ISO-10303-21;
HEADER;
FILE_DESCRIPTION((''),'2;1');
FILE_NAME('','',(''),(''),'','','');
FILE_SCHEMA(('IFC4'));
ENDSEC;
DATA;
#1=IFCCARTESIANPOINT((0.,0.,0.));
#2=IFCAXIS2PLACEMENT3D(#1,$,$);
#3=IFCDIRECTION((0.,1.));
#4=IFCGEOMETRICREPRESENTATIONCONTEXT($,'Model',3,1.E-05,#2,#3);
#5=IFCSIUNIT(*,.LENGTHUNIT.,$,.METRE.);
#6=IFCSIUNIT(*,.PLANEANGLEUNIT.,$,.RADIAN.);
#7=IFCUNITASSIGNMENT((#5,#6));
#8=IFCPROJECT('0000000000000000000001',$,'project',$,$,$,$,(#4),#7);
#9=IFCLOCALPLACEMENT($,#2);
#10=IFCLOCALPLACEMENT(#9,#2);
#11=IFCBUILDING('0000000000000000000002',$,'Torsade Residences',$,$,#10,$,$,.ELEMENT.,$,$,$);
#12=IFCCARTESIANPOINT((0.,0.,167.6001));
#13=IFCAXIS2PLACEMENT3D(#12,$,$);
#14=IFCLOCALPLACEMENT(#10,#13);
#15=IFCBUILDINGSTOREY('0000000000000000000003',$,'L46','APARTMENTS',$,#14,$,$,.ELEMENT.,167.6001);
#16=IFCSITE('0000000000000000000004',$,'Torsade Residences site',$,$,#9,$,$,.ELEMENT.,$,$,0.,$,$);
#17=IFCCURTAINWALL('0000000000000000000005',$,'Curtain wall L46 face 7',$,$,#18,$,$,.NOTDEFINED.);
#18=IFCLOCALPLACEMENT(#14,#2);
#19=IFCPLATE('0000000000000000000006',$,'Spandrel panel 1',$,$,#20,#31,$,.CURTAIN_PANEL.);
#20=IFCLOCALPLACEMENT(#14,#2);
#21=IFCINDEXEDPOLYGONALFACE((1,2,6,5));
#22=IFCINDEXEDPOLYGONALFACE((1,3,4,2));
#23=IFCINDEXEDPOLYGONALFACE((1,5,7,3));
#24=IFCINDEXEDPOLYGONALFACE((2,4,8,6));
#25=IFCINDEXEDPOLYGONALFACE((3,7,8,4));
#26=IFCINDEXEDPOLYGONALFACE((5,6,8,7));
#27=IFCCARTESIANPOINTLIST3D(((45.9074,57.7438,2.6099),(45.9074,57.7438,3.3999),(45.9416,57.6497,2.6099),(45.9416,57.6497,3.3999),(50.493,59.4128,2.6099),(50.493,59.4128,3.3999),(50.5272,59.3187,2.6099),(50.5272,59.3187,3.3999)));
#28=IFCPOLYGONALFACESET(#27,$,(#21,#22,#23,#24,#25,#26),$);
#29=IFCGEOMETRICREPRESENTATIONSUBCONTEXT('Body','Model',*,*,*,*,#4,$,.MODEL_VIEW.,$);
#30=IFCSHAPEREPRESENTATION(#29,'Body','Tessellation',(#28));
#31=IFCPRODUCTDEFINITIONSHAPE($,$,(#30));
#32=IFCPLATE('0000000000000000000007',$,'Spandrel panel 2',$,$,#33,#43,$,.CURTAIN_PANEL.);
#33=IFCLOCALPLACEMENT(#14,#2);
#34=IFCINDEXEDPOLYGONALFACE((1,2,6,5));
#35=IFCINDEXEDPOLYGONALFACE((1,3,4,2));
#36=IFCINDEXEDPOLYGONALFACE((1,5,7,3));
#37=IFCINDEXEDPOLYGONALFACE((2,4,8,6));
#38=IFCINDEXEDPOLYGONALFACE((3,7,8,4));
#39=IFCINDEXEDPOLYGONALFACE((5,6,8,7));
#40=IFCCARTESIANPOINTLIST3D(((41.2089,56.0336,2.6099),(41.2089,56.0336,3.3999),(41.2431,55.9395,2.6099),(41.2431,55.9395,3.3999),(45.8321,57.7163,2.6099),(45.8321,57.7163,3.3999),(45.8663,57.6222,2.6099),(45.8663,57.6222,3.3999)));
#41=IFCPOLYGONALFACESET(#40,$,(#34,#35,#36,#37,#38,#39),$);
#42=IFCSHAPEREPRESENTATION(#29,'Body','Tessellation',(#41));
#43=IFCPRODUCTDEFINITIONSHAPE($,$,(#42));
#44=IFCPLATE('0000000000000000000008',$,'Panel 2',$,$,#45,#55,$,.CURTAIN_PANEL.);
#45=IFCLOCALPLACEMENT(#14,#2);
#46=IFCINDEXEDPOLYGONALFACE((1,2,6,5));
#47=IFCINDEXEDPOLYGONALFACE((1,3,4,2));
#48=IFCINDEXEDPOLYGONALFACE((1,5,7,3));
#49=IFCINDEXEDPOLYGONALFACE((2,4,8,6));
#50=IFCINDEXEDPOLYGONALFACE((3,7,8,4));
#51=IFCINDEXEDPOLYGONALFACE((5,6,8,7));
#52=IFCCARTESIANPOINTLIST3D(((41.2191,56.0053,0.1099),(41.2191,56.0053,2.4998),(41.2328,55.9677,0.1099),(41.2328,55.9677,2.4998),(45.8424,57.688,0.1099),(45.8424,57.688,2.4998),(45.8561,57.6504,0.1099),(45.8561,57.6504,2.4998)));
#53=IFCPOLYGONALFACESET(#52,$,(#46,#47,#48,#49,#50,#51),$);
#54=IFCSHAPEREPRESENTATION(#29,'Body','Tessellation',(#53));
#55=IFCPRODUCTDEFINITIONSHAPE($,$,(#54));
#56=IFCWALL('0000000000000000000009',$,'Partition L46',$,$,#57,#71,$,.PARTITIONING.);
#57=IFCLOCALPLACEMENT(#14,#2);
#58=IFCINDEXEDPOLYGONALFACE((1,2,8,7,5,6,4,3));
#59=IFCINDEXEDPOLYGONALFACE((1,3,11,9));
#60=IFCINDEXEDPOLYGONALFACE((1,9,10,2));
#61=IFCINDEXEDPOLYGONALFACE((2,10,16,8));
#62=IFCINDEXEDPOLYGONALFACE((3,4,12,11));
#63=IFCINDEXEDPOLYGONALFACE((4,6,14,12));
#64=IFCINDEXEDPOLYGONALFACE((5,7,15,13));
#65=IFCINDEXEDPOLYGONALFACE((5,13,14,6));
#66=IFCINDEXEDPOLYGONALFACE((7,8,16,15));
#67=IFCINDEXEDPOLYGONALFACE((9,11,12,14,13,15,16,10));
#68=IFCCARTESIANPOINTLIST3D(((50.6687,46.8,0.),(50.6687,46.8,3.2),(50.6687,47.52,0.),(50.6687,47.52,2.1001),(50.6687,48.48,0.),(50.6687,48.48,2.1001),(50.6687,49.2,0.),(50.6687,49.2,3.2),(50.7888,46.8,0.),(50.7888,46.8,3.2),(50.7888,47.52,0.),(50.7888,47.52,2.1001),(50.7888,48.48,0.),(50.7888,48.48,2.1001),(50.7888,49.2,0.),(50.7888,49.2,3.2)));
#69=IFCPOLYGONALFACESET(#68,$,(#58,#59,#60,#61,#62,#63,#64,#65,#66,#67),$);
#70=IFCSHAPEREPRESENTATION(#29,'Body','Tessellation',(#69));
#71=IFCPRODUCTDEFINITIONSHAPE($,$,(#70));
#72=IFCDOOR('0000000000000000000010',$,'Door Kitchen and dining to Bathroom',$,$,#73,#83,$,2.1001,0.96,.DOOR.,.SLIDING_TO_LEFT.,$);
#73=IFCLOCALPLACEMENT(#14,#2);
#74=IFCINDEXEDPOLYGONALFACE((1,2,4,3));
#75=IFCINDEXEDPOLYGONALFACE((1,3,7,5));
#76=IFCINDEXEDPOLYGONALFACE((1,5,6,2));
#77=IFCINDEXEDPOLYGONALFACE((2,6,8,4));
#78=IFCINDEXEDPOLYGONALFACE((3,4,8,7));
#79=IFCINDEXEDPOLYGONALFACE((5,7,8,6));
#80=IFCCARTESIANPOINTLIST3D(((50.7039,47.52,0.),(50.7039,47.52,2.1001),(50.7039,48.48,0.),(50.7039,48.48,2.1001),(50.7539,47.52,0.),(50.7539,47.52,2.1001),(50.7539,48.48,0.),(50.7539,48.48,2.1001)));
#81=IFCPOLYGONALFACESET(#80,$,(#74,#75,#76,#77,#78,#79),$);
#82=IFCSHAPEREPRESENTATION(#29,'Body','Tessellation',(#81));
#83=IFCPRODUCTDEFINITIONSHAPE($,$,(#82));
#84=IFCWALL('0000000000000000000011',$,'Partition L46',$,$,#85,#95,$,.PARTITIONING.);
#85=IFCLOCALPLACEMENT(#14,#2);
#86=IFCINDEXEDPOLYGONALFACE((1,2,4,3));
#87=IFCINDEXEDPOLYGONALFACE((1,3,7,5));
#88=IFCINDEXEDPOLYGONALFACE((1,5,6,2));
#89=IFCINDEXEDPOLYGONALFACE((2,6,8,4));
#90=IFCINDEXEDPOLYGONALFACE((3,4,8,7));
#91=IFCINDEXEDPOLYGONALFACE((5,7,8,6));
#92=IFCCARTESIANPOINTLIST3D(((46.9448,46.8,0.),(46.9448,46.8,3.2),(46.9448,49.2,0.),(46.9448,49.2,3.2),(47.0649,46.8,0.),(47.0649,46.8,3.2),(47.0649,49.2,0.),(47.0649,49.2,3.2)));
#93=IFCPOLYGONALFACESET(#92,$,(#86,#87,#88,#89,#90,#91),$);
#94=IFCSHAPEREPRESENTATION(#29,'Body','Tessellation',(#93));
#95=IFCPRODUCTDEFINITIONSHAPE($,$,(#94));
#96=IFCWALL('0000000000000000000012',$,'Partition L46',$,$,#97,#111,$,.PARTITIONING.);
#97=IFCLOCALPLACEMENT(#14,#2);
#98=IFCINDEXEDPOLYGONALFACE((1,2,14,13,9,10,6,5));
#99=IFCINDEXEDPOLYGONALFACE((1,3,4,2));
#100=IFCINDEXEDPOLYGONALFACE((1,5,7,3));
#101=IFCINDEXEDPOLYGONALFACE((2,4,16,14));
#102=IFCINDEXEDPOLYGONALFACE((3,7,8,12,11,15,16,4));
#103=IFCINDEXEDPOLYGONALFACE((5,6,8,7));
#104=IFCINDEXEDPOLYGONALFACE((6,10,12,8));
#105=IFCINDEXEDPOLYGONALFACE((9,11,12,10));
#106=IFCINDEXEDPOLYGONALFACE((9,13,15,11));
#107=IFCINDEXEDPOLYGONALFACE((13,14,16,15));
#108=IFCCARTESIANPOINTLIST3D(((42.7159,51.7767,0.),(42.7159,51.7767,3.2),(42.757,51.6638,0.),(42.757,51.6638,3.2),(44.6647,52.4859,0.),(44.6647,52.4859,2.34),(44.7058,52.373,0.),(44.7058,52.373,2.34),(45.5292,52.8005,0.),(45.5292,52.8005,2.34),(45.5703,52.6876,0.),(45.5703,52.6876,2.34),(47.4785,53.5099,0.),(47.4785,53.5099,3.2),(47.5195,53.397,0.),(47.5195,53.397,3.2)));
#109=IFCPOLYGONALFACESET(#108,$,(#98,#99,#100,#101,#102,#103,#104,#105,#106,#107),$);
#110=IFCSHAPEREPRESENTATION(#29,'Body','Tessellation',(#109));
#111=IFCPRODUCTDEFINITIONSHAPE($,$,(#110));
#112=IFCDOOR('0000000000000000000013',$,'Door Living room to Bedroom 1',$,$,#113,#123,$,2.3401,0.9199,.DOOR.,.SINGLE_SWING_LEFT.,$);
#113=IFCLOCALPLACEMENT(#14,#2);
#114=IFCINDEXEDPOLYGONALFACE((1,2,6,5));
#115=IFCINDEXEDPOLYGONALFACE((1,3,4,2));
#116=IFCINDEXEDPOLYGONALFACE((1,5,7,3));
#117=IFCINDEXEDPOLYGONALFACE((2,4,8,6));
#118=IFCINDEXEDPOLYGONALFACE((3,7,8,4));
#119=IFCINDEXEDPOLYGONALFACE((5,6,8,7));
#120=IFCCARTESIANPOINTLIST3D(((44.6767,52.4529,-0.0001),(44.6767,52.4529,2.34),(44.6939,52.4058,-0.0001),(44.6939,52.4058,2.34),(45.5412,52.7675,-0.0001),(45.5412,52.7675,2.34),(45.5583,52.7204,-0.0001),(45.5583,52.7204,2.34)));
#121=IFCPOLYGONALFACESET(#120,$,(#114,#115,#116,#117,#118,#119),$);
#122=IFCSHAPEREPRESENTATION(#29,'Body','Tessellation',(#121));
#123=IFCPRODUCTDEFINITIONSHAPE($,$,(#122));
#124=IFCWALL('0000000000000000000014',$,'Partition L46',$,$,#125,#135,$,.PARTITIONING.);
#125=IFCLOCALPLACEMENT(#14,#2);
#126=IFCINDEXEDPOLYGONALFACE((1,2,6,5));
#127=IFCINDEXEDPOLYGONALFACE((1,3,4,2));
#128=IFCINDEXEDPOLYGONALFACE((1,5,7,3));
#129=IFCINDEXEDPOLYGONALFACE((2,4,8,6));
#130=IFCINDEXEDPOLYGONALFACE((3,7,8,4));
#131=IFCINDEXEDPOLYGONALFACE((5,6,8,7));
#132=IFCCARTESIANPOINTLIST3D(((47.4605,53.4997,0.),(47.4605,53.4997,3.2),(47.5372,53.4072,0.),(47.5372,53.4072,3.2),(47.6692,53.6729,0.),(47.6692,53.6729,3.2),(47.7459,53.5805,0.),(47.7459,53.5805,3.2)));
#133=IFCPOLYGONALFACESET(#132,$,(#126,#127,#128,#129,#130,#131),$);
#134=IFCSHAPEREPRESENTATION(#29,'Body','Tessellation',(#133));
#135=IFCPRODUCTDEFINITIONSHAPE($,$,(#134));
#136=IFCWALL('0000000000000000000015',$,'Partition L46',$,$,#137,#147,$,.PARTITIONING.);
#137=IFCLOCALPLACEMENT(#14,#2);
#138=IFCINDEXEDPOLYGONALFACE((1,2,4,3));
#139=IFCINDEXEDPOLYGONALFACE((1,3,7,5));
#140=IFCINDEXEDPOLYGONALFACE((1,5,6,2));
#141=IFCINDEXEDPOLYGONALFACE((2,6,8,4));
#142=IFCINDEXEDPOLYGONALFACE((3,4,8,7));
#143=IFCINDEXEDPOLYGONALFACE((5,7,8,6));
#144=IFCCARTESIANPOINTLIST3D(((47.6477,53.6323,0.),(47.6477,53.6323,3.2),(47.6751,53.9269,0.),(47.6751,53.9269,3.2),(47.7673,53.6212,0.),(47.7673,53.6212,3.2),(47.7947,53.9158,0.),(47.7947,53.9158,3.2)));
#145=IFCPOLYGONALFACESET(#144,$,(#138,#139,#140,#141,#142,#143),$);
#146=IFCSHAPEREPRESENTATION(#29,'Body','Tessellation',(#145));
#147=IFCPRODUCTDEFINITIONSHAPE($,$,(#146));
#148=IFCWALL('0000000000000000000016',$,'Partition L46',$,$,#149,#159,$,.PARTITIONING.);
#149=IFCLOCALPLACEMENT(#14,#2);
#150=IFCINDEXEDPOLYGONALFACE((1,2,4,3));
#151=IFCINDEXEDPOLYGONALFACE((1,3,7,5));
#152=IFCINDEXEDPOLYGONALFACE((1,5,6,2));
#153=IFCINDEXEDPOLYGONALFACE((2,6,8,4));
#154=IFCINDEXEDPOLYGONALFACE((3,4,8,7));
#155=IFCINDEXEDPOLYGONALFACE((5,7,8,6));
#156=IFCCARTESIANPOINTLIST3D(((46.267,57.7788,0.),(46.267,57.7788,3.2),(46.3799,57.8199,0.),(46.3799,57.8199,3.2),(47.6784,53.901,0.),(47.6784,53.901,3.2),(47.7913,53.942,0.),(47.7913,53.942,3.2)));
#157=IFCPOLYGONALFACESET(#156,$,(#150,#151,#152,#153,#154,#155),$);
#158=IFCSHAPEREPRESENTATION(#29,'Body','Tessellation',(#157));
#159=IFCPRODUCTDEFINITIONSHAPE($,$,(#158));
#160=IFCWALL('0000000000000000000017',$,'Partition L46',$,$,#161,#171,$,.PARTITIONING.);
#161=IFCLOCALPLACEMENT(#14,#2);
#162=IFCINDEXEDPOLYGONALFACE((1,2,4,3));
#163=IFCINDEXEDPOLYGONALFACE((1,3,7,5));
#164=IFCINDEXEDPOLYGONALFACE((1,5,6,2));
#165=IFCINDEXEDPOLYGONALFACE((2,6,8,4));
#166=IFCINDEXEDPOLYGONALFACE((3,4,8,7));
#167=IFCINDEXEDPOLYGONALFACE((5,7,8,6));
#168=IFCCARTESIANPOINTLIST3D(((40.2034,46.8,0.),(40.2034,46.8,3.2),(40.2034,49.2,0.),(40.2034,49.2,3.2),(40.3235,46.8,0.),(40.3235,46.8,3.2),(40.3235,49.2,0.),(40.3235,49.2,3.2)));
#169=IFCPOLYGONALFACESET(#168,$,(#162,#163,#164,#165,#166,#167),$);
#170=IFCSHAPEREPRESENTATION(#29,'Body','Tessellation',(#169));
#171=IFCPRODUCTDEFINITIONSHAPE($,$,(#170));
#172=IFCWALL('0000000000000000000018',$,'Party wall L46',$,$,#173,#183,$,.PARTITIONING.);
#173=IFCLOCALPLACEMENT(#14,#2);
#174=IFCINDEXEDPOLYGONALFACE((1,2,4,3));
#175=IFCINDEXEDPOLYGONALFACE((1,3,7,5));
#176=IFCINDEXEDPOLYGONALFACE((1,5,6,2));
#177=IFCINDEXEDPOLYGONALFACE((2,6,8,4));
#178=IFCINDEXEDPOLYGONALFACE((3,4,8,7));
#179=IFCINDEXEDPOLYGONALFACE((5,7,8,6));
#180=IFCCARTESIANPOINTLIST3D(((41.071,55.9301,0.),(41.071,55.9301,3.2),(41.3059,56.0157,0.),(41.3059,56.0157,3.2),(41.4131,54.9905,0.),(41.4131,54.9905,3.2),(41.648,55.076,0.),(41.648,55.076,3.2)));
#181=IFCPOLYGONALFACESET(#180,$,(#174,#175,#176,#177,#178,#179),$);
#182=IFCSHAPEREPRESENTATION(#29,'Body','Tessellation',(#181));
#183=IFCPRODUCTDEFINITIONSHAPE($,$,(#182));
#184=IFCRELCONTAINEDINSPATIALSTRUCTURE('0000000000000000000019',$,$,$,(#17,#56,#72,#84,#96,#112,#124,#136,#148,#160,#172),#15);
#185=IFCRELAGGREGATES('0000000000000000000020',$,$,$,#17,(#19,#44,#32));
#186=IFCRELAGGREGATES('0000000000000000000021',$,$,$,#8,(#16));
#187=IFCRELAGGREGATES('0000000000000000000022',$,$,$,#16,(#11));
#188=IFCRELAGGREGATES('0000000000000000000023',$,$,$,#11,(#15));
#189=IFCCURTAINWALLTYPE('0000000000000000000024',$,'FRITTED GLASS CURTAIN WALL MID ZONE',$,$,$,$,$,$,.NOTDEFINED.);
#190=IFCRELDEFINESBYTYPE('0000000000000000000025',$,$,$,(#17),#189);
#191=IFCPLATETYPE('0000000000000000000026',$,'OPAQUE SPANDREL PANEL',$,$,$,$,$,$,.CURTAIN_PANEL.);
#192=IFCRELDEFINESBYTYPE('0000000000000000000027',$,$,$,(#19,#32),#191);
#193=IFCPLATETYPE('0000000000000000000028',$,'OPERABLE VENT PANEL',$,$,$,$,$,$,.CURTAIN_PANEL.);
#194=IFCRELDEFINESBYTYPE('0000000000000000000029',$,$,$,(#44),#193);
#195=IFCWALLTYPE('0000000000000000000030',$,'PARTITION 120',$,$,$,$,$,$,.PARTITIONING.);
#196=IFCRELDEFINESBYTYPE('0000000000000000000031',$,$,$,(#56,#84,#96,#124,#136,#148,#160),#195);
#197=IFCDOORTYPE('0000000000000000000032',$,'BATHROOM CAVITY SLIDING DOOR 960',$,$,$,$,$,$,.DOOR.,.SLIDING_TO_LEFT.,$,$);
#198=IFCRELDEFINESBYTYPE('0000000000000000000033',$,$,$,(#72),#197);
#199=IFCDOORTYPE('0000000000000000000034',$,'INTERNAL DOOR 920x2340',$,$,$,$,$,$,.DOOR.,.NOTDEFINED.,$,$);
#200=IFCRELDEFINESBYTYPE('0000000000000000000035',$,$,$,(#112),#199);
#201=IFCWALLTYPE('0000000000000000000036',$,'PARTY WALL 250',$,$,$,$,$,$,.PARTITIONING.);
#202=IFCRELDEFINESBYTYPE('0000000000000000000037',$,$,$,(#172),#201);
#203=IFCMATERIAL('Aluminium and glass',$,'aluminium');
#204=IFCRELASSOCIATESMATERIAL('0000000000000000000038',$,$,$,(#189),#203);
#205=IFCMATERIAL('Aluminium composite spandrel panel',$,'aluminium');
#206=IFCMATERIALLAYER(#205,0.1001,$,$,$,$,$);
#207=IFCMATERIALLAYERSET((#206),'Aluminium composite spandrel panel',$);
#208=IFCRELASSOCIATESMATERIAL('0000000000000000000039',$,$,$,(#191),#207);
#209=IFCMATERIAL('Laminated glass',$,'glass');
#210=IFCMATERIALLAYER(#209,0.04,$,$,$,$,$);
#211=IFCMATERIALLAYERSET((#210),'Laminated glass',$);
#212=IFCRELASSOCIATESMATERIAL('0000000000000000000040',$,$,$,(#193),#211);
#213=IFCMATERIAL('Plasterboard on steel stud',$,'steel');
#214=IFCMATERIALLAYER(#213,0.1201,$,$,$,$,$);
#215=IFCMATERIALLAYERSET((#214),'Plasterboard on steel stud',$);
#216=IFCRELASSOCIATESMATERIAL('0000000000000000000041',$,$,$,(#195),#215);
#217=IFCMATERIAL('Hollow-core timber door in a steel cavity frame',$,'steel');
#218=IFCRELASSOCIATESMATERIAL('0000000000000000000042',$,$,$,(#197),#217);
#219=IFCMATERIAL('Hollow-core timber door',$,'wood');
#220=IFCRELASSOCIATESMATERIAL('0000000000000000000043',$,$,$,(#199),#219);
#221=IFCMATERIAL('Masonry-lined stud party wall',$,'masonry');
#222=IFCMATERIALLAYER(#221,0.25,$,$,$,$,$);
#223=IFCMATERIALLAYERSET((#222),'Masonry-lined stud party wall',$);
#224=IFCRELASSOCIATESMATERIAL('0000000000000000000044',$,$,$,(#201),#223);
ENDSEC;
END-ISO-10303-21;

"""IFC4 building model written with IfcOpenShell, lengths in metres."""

from ifc_helpers import new_model, si_unit, direction, frame, frame_2d, origin, origin_2d, place, context, subcontext, project, spatial, rectangle, extrude, material, layer, layer_set, type_object, element, fill, aggregate, save


model = new_model("IFC4")

# Units and contexts
model_context = context("Model", 3, precision=1e-05, world=origin(), true_north=direction((0.0, 1.0)))
body_context = subcontext(model_context, "Body", "Model", "MODEL_VIEW")
ifc_project = project(units=[si_unit("LENGTHUNIT", "METRE"), si_unit("PLANEANGLEUNIT", "RADIAN")], contexts=[model_context])

# Site, building, storey
site_placement = place(None, origin())
site = spatial("IfcSite", under=ifc_project, at=site_placement, Name="Torsade Residences site", CompositionType="ELEMENT", RefElevation=0.0)
building_placement = place(site_placement, origin())
building = spatial("IfcBuilding", under=site, at=building_placement, Name="Torsade Residences", CompositionType="ELEMENT")
storey_placement = place(building_placement, frame((0.0, 0.0, 167.6001)))
storey = spatial("IfcBuildingStorey", under=building, at=storey_placement, Name="L46", Description="APARTMENTS", CompositionType="ELEMENT", Elevation=167.6001)

# Curtain wall
ifc_material_1 = material(Name="Aluminium and glass", Category="aluminium")
curtain_wall_type = type_object("IfcCurtainWallType", Name="FRITTED GLASS CURTAIN WALL MID ZONE", PredefinedType="NOTDEFINED", material=ifc_material_1)
curtain_wall_placement = place(storey_placement, origin())
curtain_wall = element("IfcCurtainWall", 1, at=curtain_wall_placement, inside=storey, type_object=curtain_wall_type, Name="Curtain wall L46 face 7", PredefinedType="NOTDEFINED")

# Plates
ifc_material_2 = material(Name="Aluminium composite spandrel panel", Category="aluminium")
ifc_layer_1 = layer(ifc_material_2, 0.1001)
ifc_layer_set_1 = layer_set([ifc_layer_1], Name="Aluminium composite spandrel panel")
plate_type_1 = type_object("IfcPlateType", Name="OPAQUE SPANDREL PANEL", PredefinedType="CURTAIN_PANEL", material=ifc_layer_set_1)
plate_1_placement = place(storey_placement, frame((48.2173, 58.5312, 2.6099), z_axis=(0.0, 0.0, 1.0), x_axis=(-0.939693, -0.34202, 0.0)))
plate_1 = element("IfcPlate", 2, at=plate_1_placement, type_object=plate_type_1, Name="Spandrel panel 1", PredefinedType="CURTAIN_PANEL", context=body_context, shape_type="SweptSolid", body=[
    extrude(rectangle(XDim=4.8799, YDim=0.1001, at=origin_2d()), origin(), (0.0, 0.0, 1.0), 0.79),
])
plate_2_placement = place(storey_placement, frame((43.5376, 56.8279, 2.6099), z_axis=(0.0, 0.0, 1.0), x_axis=(-0.939693, -0.34202, 0.0)))
plate_2 = element("IfcPlate", 3, at=plate_2_placement, type_object=plate_type_1, Name="Spandrel panel 2", PredefinedType="CURTAIN_PANEL", context=body_context, shape_type="SweptSolid", body=[
    extrude(rectangle(XDim=4.9199, YDim=0.1001, at=origin_2d()), origin(), (0.0, 0.0, 1.0), 0.79),
])
ifc_material_3 = material(Name="Laminated glass", Category="glass")
ifc_layer_2 = layer(ifc_material_3, 0.04)
ifc_layer_set_2 = layer_set([ifc_layer_2], Name="Laminated glass")
plate_type_2 = type_object("IfcPlateType", Name="OPERABLE VENT PANEL", PredefinedType="CURTAIN_PANEL", material=ifc_layer_set_2)
plate_3_placement = place(storey_placement, frame((43.5376, 56.8279, 0.1099), z_axis=(0.0, 0.0, 1.0), x_axis=(-0.939693, -0.34202, 0.0)))
plate_3 = element("IfcPlate", 4, at=plate_3_placement, type_object=plate_type_2, Name="Panel 2", PredefinedType="CURTAIN_PANEL", context=body_context, shape_type="SweptSolid", body=[
    extrude(rectangle(XDim=4.9199, YDim=0.04, at=origin_2d()), origin(), (0.0, 0.0, 1.0), 2.3899),
])
aggregate(curtain_wall, [plate_1, plate_3, plate_2])

# Wall, opening, door
ifc_material_4 = material(Name="Plasterboard on steel stud", Category="steel")
ifc_layer_3 = layer(ifc_material_4, 0.1201)
ifc_layer_set_3 = layer_set([ifc_layer_3], Name="Plasterboard on steel stud")
wall_type_1 = type_object("IfcWallType", Name="PARTITION 120", PredefinedType="PARTITIONING", material=ifc_layer_set_3)
wall_1_placement = place(storey_placement, frame((50.7288, 46.8, 0.0), z_axis=(0.0, 0.0, 1.0), x_axis=(0.0, 1.0, 0.0)))
wall_1 = element("IfcWall", 5, at=wall_1_placement, inside=storey, type_object=wall_type_1, Name="Partition L46", PredefinedType="PARTITIONING", context=body_context, shape_type="SweptSolid", body=[
    extrude(rectangle(XDim=2.3999, YDim=0.1201, at=frame_2d((1.2, 0.0))), origin(), (0.0, 0.0, 1.0), 3.2),
])
opening_1_placement = place(wall_1_placement, frame((0.72, 0.0, 0.0)))
opening_1 = element("IfcOpeningElement", 6, at=opening_1_placement, cuts=wall_1, PredefinedType="OPENING", context=body_context, shape_type="SweptSolid", body=[
    extrude(rectangle(XDim=0.96, YDim=2.1001, at=frame_2d((0.48, 1.05))), frame((0.0, 0.0701, 0.0), z_axis=(0.0, -1.0, 0.0), x_axis=(1.0, 0.0, 0.0)), (0.0, 0.0, 1.0), 0.1401),
])
ifc_material_5 = material(Name="Hollow-core timber door in a steel cavity frame", Category="steel")
door_type_1 = type_object("IfcDoorType", Name="BATHROOM CAVITY SLIDING DOOR 960", OperationType="SLIDING_TO_LEFT", PredefinedType="DOOR", material=ifc_material_5)
door_1_placement = place(opening_1_placement, origin())
door_1 = element("IfcDoor", 7, at=door_1_placement, inside=storey, type_object=door_type_1, Name="Door Kitchen and dining to Bathroom", OperationType="SLIDING_TO_LEFT", OverallHeight=2.1001, OverallWidth=0.96, PredefinedType="DOOR", context=body_context, shape_type="SweptSolid", body=[
    extrude(rectangle(XDim=0.96, YDim=2.1001, at=frame_2d((0.48, 1.05))), frame((0.0, 0.0249, 0.0), z_axis=(0.0, -1.0, 0.0), x_axis=(1.0, 0.0, 0.0)), (0.0, 0.0, 1.0), 0.05),
])
fill(opening_1, door_1)

# Wall
wall_2_placement = place(storey_placement, frame((47.0049, 46.8, 0.0), z_axis=(0.0, 0.0, 1.0), x_axis=(0.0, 1.0, 0.0)))
element("IfcWall", 8, at=wall_2_placement, inside=storey, type_object=wall_type_1, Name="Partition L46", PredefinedType="PARTITIONING", context=body_context, shape_type="SweptSolid", body=[
    extrude(rectangle(XDim=2.3999, YDim=0.1201, at=frame_2d((1.2, 0.0))), origin(), (0.0, 0.0, 1.0), 3.2),
])

# Wall, opening, door
wall_3_placement = place(storey_placement, frame((42.7363, 51.7202, 0.0), z_axis=(0.0, 0.0, 1.0), x_axis=(0.939708, 0.341979, 0.0)))
wall_3 = element("IfcWall", 9, at=wall_3_placement, inside=storey, type_object=wall_type_1, Name="Partition L46", PredefinedType="PARTITIONING", context=body_context, shape_type="SweptSolid", body=[
    extrude(rectangle(XDim=5.0681, YDim=0.1201, at=frame_2d((2.5342, 0.0))), origin(), (0.0, 0.0, 1.0), 3.2),
])
opening_2_placement = place(wall_3_placement, frame((2.074, 0.0, 0.0)))
opening_2 = element("IfcOpeningElement", 10, at=opening_2_placement, cuts=wall_3, PredefinedType="OPENING", context=body_context, shape_type="SweptSolid", body=[
    extrude(rectangle(XDim=0.9199, YDim=2.3401, at=frame_2d((0.46, 1.1699))), frame((0.0, 0.0701, 0.0), z_axis=(0.0, -1.0, 0.0), x_axis=(1.0, 0.0, 0.0)), (0.0, 0.0, 1.0), 0.1401),
])
ifc_material_6 = material(Name="Hollow-core timber door", Category="wood")
door_type_2 = type_object("IfcDoorType", Name="INTERNAL DOOR 920x2340", OperationType="NOTDEFINED", PredefinedType="DOOR", material=ifc_material_6)
door_2_placement = place(opening_2_placement, origin())
door_2 = element("IfcDoor", 11, at=door_2_placement, inside=storey, type_object=door_type_2, Name="Door Living room to Bedroom 1", OperationType="SINGLE_SWING_LEFT", OverallHeight=2.3401, OverallWidth=0.9199, PredefinedType="DOOR", context=body_context, shape_type="SweptSolid", body=[
    extrude(rectangle(XDim=0.9199, YDim=2.3401, at=frame_2d((0.46, 1.1699))), frame((0.0, 0.0249, 0.0), z_axis=(0.0, -1.0, 0.0), x_axis=(1.0, 0.0, 0.0)), (0.0, 0.0, 1.0), 0.05),
])
fill(opening_2, door_2)

# Walls
wall_4_placement = place(storey_placement, frame((47.4988, 53.4534, 0.0), z_axis=(0.0, 0.0, 1.0), x_axis=(0.769326, 0.638856, 0.0)))
element("IfcWall", 12, at=wall_4_placement, inside=storey, type_object=wall_type_1, Name="Partition L46", PredefinedType="PARTITIONING", context=body_context, shape_type="SweptSolid", body=[
    extrude(rectangle(XDim=0.2712, YDim=0.1201, at=frame_2d((0.1357, 0.0))), origin(), (0.0, 0.0, 1.0), 3.2),
])
wall_5_placement = place(storey_placement, frame((47.7075, 53.6267, 0.0), z_axis=(0.0, 0.0, 1.0), x_axis=(0.092395, 0.995722, 0.0)))
element("IfcWall", 13, at=wall_5_placement, inside=storey, type_object=wall_type_1, Name="Partition L46", PredefinedType="PARTITIONING", context=body_context, shape_type="SweptSolid", body=[
    extrude(rectangle(XDim=0.2959, YDim=0.1201, at=frame_2d((0.1479, 0.0))), origin(), (0.0, 0.0, 1.0), 3.2),
])
wall_6_placement = place(storey_placement, frame((47.7349, 53.9214, 0.0), z_axis=(0.0, 0.0, 1.0), x_axis=(-0.342004, 0.939698, 0.0)))
element("IfcWall", 14, at=wall_6_placement, inside=storey, type_object=wall_type_1, Name="Partition L46", PredefinedType="PARTITIONING", context=body_context, shape_type="SweptSolid", body=[
    extrude(rectangle(XDim=4.1267, YDim=0.1201, at=frame_2d((2.0635, 0.0))), origin(), (0.0, 0.0, 1.0), 3.2),
])
wall_7_placement = place(storey_placement, frame((40.2634, 49.2, 0.0), z_axis=(0.0, 0.0, 1.0), x_axis=(0.0, -1.0, 0.0)))
element("IfcWall", 15, at=wall_7_placement, inside=storey, type_object=wall_type_1, Name="Partition L46", PredefinedType="PARTITIONING", context=body_context, shape_type="SweptSolid", body=[
    extrude(rectangle(XDim=2.3999, YDim=0.1201, at=frame_2d((1.2, 0.0))), origin(), (0.0, 0.0, 1.0), 3.2),
])
ifc_material_7 = material(Name="Masonry-lined stud party wall", Category="masonry")
ifc_layer_4 = layer(ifc_material_7, 0.25)
ifc_layer_set_4 = layer_set([ifc_layer_4], Name="Masonry-lined stud party wall")
wall_type_2 = type_object("IfcWallType", Name="PARTY WALL 250", PredefinedType="PARTITIONING", material=ifc_layer_set_4)
wall_8_placement = place(storey_placement, frame((41.1885, 55.9729, 0.0), z_axis=(0.0, 0.0, 1.0), x_axis=(0.342037, -0.939686, 0.0)))
element("IfcWall", 16, at=wall_8_placement, inside=storey, type_object=wall_type_2, Name="Party wall L46", PredefinedType="PARTITIONING", context=body_context, shape_type="SweptSolid", body=[
    extrude(rectangle(XDim=1.0, YDim=0.25, at=frame_2d((0.5, 0.0))), origin(), (0.0, 0.0, 1.0), 3.2),
])

save(model, "model.ifc")
